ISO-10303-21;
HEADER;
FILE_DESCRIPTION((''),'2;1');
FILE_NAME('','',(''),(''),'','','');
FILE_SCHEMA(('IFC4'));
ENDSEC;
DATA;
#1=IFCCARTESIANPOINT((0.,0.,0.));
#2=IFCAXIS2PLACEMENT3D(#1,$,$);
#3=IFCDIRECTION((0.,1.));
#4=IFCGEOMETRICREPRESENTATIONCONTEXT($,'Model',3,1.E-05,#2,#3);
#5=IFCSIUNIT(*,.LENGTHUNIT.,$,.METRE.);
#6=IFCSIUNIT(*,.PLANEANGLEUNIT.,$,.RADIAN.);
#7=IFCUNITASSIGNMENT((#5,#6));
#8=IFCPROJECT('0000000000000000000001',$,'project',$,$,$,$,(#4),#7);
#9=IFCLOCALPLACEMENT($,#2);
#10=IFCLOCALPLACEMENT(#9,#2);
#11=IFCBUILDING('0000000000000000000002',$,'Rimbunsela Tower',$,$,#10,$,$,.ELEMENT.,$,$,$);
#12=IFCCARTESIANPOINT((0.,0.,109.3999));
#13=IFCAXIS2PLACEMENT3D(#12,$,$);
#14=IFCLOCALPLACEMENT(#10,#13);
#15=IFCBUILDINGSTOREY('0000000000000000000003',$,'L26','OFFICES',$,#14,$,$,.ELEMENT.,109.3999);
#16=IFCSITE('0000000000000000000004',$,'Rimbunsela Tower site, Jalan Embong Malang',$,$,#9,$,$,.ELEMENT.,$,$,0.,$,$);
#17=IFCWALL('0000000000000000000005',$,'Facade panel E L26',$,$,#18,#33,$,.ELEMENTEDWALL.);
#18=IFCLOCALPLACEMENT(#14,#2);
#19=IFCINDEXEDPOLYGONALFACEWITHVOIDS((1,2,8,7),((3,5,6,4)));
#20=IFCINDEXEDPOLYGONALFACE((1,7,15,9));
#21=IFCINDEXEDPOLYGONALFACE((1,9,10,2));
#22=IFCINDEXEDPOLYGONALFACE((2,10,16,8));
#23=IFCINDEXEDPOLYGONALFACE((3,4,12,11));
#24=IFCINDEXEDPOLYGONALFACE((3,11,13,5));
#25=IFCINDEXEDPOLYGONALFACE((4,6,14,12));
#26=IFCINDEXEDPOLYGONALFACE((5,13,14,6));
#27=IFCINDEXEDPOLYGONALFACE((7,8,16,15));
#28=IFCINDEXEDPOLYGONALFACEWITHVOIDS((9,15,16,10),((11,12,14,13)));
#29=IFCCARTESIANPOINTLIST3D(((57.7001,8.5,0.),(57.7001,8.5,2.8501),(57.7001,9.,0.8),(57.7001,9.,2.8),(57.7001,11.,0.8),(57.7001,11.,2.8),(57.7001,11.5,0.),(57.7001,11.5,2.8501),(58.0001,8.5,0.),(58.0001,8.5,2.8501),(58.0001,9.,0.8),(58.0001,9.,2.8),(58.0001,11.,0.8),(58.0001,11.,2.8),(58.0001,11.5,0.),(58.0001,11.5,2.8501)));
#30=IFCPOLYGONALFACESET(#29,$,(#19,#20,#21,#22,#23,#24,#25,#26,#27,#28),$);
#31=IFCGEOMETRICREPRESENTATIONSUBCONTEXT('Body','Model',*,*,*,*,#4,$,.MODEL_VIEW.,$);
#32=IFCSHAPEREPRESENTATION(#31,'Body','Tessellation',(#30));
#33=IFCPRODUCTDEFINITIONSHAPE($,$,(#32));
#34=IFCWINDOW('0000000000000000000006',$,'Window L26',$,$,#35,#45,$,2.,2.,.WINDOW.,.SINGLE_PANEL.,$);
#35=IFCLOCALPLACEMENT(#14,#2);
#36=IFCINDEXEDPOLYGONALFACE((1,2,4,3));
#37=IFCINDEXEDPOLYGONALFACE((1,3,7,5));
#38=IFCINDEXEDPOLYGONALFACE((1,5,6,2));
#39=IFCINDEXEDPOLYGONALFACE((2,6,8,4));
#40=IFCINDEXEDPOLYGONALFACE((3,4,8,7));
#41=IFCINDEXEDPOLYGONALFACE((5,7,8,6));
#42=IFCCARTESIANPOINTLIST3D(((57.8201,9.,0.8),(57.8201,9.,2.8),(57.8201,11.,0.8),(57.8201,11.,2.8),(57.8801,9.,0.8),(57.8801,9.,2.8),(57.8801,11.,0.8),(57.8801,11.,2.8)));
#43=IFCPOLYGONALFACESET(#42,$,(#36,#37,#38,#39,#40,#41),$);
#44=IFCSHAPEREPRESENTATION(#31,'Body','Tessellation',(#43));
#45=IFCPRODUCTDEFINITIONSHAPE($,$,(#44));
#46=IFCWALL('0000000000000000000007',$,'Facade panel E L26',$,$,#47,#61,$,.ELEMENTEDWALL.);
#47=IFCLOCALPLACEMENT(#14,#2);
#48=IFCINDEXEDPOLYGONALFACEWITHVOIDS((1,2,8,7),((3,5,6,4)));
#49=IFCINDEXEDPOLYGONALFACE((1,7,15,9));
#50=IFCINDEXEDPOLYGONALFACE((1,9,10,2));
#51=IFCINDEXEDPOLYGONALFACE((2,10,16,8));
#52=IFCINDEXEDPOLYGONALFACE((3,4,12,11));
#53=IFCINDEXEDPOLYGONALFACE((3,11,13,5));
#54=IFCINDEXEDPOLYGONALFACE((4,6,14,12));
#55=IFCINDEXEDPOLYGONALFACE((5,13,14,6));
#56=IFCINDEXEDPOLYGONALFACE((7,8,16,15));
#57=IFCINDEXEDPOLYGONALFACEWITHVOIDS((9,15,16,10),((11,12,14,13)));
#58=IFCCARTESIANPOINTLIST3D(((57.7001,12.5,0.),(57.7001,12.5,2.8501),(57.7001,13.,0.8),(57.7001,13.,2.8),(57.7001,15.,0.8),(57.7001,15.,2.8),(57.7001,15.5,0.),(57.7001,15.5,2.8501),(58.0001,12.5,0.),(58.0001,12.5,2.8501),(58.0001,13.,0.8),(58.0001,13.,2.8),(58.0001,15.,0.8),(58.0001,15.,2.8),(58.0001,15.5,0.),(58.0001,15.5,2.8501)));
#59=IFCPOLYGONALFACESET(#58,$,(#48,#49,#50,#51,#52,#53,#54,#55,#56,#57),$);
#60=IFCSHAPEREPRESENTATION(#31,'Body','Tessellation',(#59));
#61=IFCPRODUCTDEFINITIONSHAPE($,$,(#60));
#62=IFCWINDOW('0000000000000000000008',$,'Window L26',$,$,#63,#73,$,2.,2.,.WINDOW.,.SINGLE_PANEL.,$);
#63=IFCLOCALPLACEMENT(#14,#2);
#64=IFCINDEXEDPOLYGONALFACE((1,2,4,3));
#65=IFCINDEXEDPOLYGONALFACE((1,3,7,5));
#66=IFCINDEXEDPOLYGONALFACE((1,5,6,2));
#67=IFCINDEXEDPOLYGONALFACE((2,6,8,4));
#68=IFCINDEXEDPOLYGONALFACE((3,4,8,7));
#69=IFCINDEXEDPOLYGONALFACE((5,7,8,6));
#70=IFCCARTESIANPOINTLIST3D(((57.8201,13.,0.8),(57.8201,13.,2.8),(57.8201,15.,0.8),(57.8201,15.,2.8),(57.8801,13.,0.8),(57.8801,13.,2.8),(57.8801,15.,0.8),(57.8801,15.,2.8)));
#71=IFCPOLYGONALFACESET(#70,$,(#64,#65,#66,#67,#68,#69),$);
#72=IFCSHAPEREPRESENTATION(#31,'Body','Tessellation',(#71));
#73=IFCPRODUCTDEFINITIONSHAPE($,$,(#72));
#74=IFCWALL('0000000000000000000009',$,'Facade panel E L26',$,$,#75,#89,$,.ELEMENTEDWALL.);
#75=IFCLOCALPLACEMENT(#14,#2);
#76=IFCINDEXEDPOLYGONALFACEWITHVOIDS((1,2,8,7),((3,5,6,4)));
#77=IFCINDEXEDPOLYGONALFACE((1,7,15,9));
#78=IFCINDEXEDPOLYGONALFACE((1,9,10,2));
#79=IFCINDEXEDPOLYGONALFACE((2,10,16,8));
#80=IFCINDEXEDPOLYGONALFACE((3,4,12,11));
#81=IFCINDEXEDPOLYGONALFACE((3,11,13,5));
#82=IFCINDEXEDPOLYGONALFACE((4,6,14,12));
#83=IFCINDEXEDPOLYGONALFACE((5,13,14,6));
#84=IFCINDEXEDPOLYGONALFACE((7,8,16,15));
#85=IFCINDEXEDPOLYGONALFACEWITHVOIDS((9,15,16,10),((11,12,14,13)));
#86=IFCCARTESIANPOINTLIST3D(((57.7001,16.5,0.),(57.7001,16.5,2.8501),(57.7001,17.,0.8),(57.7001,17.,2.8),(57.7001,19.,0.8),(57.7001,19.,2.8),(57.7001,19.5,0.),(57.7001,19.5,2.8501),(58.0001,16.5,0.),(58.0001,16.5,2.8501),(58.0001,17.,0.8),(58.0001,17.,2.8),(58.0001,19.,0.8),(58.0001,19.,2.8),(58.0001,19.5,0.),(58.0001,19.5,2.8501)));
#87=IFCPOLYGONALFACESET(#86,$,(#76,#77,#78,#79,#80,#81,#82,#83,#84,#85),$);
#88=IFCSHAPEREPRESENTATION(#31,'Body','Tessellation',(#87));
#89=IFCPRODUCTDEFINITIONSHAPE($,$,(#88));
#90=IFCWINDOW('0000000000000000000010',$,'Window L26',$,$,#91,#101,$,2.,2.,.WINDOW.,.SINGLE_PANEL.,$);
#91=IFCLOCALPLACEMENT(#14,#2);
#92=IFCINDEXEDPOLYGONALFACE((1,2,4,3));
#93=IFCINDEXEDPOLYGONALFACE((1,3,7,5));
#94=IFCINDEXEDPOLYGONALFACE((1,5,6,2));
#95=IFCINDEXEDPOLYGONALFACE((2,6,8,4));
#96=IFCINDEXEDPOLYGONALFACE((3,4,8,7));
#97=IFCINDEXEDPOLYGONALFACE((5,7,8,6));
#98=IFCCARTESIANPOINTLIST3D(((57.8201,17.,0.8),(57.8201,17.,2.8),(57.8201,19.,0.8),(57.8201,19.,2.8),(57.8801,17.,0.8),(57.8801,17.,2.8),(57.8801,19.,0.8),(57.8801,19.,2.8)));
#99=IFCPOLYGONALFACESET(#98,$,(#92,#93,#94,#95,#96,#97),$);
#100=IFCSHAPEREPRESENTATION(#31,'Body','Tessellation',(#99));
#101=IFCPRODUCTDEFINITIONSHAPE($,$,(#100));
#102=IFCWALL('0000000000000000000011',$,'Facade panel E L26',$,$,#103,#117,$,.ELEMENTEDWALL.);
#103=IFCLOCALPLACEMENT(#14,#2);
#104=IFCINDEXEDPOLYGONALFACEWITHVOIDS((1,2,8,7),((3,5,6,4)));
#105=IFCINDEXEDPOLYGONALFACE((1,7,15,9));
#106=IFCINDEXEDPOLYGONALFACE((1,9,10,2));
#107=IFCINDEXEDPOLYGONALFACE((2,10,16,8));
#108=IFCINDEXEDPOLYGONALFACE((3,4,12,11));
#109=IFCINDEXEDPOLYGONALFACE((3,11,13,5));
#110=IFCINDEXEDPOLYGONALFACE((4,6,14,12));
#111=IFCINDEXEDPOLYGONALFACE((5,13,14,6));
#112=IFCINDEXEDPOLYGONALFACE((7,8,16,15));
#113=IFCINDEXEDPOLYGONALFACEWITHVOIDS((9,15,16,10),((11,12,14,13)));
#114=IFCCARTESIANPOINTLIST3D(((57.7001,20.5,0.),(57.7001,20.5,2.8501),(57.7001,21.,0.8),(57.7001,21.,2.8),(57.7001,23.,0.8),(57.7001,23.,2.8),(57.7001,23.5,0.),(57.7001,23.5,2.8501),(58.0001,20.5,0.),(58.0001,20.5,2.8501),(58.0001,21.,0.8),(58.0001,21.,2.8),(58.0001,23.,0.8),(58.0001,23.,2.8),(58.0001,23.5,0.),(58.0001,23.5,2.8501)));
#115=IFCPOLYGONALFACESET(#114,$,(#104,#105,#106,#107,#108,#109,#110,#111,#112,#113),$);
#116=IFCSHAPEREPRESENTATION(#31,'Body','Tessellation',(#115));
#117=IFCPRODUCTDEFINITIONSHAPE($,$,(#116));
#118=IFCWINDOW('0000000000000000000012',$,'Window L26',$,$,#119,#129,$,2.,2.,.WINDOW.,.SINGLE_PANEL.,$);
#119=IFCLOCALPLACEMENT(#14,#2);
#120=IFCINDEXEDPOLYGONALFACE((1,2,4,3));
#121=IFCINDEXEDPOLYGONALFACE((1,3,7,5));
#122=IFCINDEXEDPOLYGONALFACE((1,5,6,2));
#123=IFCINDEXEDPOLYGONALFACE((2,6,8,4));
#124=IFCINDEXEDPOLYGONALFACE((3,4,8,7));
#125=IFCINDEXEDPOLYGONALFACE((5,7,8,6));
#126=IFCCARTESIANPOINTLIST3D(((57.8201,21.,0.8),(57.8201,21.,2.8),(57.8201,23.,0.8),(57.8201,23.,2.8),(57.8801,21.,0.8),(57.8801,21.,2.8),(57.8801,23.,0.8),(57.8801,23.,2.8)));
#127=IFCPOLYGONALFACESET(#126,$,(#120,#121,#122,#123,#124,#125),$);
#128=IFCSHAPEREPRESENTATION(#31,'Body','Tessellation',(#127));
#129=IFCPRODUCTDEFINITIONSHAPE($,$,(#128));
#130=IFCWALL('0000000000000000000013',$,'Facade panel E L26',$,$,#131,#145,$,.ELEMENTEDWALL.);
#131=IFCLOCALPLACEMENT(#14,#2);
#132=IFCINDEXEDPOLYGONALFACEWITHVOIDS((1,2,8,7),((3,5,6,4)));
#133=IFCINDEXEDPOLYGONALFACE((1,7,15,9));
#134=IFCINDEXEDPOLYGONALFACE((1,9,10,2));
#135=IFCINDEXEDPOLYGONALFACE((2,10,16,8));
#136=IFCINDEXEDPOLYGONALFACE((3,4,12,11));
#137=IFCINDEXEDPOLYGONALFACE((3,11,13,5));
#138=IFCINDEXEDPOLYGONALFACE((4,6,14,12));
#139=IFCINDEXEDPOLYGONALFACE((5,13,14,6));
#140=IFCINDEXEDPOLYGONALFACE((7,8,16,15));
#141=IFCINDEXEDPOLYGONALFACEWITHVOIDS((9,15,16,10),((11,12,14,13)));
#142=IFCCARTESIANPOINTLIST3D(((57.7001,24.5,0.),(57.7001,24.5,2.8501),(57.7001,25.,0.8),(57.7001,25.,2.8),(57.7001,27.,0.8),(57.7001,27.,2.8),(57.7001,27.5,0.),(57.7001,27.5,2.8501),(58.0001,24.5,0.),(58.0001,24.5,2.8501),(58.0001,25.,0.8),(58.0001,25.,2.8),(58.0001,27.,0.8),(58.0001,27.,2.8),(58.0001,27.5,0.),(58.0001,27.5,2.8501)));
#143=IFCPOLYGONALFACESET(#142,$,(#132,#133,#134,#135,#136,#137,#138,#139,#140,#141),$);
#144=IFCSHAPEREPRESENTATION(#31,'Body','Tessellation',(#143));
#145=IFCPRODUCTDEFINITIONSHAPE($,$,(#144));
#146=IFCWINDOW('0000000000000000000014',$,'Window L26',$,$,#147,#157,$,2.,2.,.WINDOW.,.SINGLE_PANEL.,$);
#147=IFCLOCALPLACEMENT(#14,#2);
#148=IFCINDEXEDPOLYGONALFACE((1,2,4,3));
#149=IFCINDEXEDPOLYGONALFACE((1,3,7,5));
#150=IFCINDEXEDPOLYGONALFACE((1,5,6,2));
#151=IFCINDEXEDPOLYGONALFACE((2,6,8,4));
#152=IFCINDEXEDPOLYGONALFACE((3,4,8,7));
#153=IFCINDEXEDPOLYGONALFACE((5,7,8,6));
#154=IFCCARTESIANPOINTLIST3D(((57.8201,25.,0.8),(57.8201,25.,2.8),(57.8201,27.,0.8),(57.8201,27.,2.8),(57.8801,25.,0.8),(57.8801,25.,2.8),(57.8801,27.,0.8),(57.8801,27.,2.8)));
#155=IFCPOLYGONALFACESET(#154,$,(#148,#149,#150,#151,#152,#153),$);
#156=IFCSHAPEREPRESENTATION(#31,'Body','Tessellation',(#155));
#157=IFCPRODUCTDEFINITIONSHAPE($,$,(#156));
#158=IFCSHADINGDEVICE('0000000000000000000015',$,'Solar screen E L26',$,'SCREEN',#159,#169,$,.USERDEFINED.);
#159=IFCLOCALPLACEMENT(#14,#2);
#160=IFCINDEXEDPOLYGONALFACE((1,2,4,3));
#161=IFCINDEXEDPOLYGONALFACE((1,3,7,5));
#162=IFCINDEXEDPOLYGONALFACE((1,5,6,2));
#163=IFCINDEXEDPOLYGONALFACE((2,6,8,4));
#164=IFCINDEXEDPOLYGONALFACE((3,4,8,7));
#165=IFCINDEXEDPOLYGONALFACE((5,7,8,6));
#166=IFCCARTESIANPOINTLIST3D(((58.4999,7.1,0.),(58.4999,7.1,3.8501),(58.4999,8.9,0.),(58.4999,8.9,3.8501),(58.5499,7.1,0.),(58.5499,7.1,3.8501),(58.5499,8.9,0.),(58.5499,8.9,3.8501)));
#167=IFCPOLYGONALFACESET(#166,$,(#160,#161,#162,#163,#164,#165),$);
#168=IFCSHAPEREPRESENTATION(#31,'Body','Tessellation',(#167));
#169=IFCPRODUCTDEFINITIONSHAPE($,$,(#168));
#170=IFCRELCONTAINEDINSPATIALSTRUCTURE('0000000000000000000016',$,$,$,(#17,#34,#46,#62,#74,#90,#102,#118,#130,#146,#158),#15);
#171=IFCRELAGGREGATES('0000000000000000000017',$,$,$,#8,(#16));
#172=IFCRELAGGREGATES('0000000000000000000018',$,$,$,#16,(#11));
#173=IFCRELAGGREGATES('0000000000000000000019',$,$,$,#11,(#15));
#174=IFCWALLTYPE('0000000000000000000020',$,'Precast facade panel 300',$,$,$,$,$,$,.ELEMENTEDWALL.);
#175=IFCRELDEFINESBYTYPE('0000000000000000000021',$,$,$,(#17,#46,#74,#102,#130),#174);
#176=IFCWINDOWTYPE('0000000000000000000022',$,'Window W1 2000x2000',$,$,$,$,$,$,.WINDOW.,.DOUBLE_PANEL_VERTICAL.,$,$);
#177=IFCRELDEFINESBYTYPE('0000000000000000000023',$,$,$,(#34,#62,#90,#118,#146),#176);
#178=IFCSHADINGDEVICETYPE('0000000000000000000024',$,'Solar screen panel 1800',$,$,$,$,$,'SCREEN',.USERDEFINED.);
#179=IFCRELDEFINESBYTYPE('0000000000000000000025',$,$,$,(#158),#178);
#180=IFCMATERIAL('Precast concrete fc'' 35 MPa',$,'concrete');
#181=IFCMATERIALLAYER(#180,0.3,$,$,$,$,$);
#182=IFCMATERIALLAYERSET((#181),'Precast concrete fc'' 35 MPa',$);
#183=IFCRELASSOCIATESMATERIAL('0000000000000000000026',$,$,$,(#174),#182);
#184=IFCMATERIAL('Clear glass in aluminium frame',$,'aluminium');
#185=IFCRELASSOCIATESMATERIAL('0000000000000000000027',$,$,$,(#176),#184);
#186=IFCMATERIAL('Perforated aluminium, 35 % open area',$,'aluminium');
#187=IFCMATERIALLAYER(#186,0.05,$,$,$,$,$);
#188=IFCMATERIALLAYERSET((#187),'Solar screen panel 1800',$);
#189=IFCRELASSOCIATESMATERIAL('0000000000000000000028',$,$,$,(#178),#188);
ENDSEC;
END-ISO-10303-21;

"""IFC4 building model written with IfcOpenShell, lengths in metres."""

from ifc_helpers import new_model, si_unit, direction, frame, frame_2d, origin, origin_2d, place, context, subcontext, project, spatial, rectangle, extrude, material, layer, layer_set, type_object, element, fill, save


model = new_model("IFC4")

# Units and contexts
model_context = context("Model", 3, precision=1e-05, world=origin(), true_north=direction((0.0, 1.0)))
body_context = subcontext(model_context, "Body", "Model", "MODEL_VIEW")
ifc_project = project(units=[si_unit("LENGTHUNIT", "METRE"), si_unit("PLANEANGLEUNIT", "RADIAN")], contexts=[model_context])

# Site, building, storey
site_placement = place(None, origin())
site = spatial("IfcSite", under=ifc_project, at=site_placement, Name="Rimbunsela Tower site, Jalan Embong Malang", CompositionType="ELEMENT", RefElevation=0.0)
building_placement = place(site_placement, origin())
building = spatial("IfcBuilding", under=site, at=building_placement, Name="Rimbunsela Tower", CompositionType="ELEMENT")
storey_placement = place(building_placement, frame((0.0, 0.0, 109.3999)))
storey = spatial("IfcBuildingStorey", under=building, at=storey_placement, Name="L26", Description="OFFICES", CompositionType="ELEMENT", Elevation=109.3999)

# Shared definitions
ifc_material_1 = material(Name="Precast concrete fc' 35 MPa", Category="concrete")
ifc_layer_1 = layer(ifc_material_1, 0.3)
ifc_layer_set_1 = layer_set([ifc_layer_1], Name="Precast concrete fc' 35 MPa")
wall_type = type_object("IfcWallType", Name="Precast facade panel 300", PredefinedType="ELEMENTEDWALL", material=ifc_layer_set_1)

# Walls, openings, windows
wall_1_placement = place(storey_placement, frame((57.8501, 8.5, 0.0), z_axis=(0.0, 0.0, 1.0), x_axis=(0.0, 1.0, 0.0)))
wall_1 = element("IfcWall", 1, at=wall_1_placement, inside=storey, type_object=wall_type, Name="Facade panel E L26", PredefinedType="ELEMENTEDWALL", context=body_context, shape_type="SweptSolid", body=[
    extrude(rectangle(XDim=3.0, YDim=0.3, at=frame_2d((1.5, 0.0))), origin(), (0.0, 0.0, 1.0), 2.8501),
])
opening_1_placement = place(wall_1_placement, frame((0.5, 0.0, 0.8)))
opening_1 = element("IfcOpeningElement", 2, at=opening_1_placement, cuts=wall_1, PredefinedType="OPENING", context=body_context, shape_type="SweptSolid", body=[
    extrude(rectangle(XDim=2.0, YDim=2.0, at=frame_2d((1.0, 1.0))), frame((0.0, 0.1599, 0.0), z_axis=(0.0, -1.0, 0.0), x_axis=(1.0, 0.0, 0.0)), (0.0, 0.0, 1.0), 0.3201),
])
ifc_material_2 = material(Name="Clear glass in aluminium frame", Category="aluminium")
window_type = type_object("IfcWindowType", Name="Window W1 2000x2000", PartitioningType="DOUBLE_PANEL_VERTICAL", PredefinedType="WINDOW", material=ifc_material_2)
window_1_placement = place(opening_1_placement, origin())
window_1 = element("IfcWindow", 3, at=window_1_placement, inside=storey, type_object=window_type, Name="Window L26", OverallHeight=2.0, OverallWidth=2.0, PartitioningType="SINGLE_PANEL", PredefinedType="WINDOW", context=body_context, shape_type="SweptSolid", body=[
    extrude(rectangle(XDim=2.0, YDim=2.0, at=frame_2d((1.0, 1.0))), frame((0.0, 0.03, 0.0), z_axis=(0.0, -1.0, 0.0), x_axis=(1.0, 0.0, 0.0)), (0.0, 0.0, 1.0), 0.0601),
])
fill(opening_1, window_1)
wall_2_placement = place(storey_placement, frame((57.8501, 12.5, 0.0), z_axis=(0.0, 0.0, 1.0), x_axis=(0.0, 1.0, 0.0)))
wall_2 = element("IfcWall", 4, at=wall_2_placement, inside=storey, type_object=wall_type, Name="Facade panel E L26", PredefinedType="ELEMENTEDWALL", context=body_context, shape_type="SweptSolid", body=[
    extrude(rectangle(XDim=3.0, YDim=0.3, at=frame_2d((1.5, 0.0))), origin(), (0.0, 0.0, 1.0), 2.8501),
])
opening_2_placement = place(wall_2_placement, frame((0.5, 0.0, 0.8)))
opening_2 = element("IfcOpeningElement", 5, at=opening_2_placement, cuts=wall_2, PredefinedType="OPENING", context=body_context, shape_type="SweptSolid", body=[
    extrude(rectangle(XDim=2.0, YDim=2.0, at=frame_2d((1.0, 1.0))), frame((0.0, 0.1599, 0.0), z_axis=(0.0, -1.0, 0.0), x_axis=(1.0, 0.0, 0.0)), (0.0, 0.0, 1.0), 0.3201),
])
window_2_placement = place(opening_2_placement, origin())
window_2 = element("IfcWindow", 6, at=window_2_placement, inside=storey, type_object=window_type, Name="Window L26", OverallHeight=2.0, OverallWidth=2.0, PartitioningType="SINGLE_PANEL", PredefinedType="WINDOW", context=body_context, shape_type="SweptSolid", body=[
    extrude(rectangle(XDim=2.0, YDim=2.0, at=frame_2d((1.0, 1.0))), frame((0.0, 0.03, 0.0), z_axis=(0.0, -1.0, 0.0), x_axis=(1.0, 0.0, 0.0)), (0.0, 0.0, 1.0), 0.0601),
])
fill(opening_2, window_2)
wall_3_placement = place(storey_placement, frame((57.8501, 16.5, 0.0), z_axis=(0.0, 0.0, 1.0), x_axis=(0.0, 1.0, 0.0)))
wall_3 = element("IfcWall", 7, at=wall_3_placement, inside=storey, type_object=wall_type, Name="Facade panel E L26", PredefinedType="ELEMENTEDWALL", context=body_context, shape_type="SweptSolid", body=[
    extrude(rectangle(XDim=3.0, YDim=0.3, at=frame_2d((1.5, 0.0))), origin(), (0.0, 0.0, 1.0), 2.8501),
])
opening_3_placement = place(wall_3_placement, frame((0.5, 0.0, 0.8)))
opening_3 = element("IfcOpeningElement", 8, at=opening_3_placement, cuts=wall_3, PredefinedType="OPENING", context=body_context, shape_type="SweptSolid", body=[
    extrude(rectangle(XDim=2.0, YDim=2.0, at=frame_2d((1.0, 1.0))), frame((0.0, 0.1599, 0.0), z_axis=(0.0, -1.0, 0.0), x_axis=(1.0, 0.0, 0.0)), (0.0, 0.0, 1.0), 0.3201),
])
window_3_placement = place(opening_3_placement, origin())
window_3 = element("IfcWindow", 9, at=window_3_placement, inside=storey, type_object=window_type, Name="Window L26", OverallHeight=2.0, OverallWidth=2.0, PartitioningType="SINGLE_PANEL", PredefinedType="WINDOW", context=body_context, shape_type="SweptSolid", body=[
    extrude(rectangle(XDim=2.0, YDim=2.0, at=frame_2d((1.0, 1.0))), frame((0.0, 0.03, 0.0), z_axis=(0.0, -1.0, 0.0), x_axis=(1.0, 0.0, 0.0)), (0.0, 0.0, 1.0), 0.0601),
])
fill(opening_3, window_3)
wall_4_placement = place(storey_placement, frame((57.8501, 20.5, 0.0), z_axis=(0.0, 0.0, 1.0), x_axis=(0.0, 1.0, 0.0)))
wall_4 = element("IfcWall", 10, at=wall_4_placement, inside=storey, type_object=wall_type, Name="Facade panel E L26", PredefinedType="ELEMENTEDWALL", context=body_context, shape_type="SweptSolid", body=[
    extrude(rectangle(XDim=3.0, YDim=0.3, at=frame_2d((1.5, 0.0))), origin(), (0.0, 0.0, 1.0), 2.8501),
])
opening_4_placement = place(wall_4_placement, frame((0.5, 0.0, 0.8)))
opening_4 = element("IfcOpeningElement", 11, at=opening_4_placement, cuts=wall_4, PredefinedType="OPENING", context=body_context, shape_type="SweptSolid", body=[
    extrude(rectangle(XDim=2.0, YDim=2.0, at=frame_2d((1.0, 1.0))), frame((0.0, 0.1599, 0.0), z_axis=(0.0, -1.0, 0.0), x_axis=(1.0, 0.0, 0.0)), (0.0, 0.0, 1.0), 0.3201),
])
window_4_placement = place(opening_4_placement, origin())
window_4 = element("IfcWindow", 12, at=window_4_placement, inside=storey, type_object=window_type, Name="Window L26", OverallHeight=2.0, OverallWidth=2.0, PartitioningType="SINGLE_PANEL", PredefinedType="WINDOW", context=body_context, shape_type="SweptSolid", body=[
    extrude(rectangle(XDim=2.0, YDim=2.0, at=frame_2d((1.0, 1.0))), frame((0.0, 0.03, 0.0), z_axis=(0.0, -1.0, 0.0), x_axis=(1.0, 0.0, 0.0)), (0.0, 0.0, 1.0), 0.0601),
])
fill(opening_4, window_4)
wall_5_placement = place(storey_placement, frame((57.8501, 24.5, 0.0), z_axis=(0.0, 0.0, 1.0), x_axis=(0.0, 1.0, 0.0)))
wall_5 = element("IfcWall", 13, at=wall_5_placement, inside=storey, type_object=wall_type, Name="Facade panel E L26", PredefinedType="ELEMENTEDWALL", context=body_context, shape_type="SweptSolid", body=[
    extrude(rectangle(XDim=3.0, YDim=0.3, at=frame_2d((1.5, 0.0))), origin(), (0.0, 0.0, 1.0), 2.8501),
])
opening_5_placement = place(wall_5_placement, frame((0.5, 0.0, 0.8)))
opening_5 = element("IfcOpeningElement", 14, at=opening_5_placement, cuts=wall_5, PredefinedType="OPENING", context=body_context, shape_type="SweptSolid", body=[
    extrude(rectangle(XDim=2.0, YDim=2.0, at=frame_2d((1.0, 1.0))), frame((0.0, 0.1599, 0.0), z_axis=(0.0, -1.0, 0.0), x_axis=(1.0, 0.0, 0.0)), (0.0, 0.0, 1.0), 0.3201),
])
window_5_placement = place(opening_5_placement, origin())
window_5 = element("IfcWindow", 15, at=window_5_placement, inside=storey, type_object=window_type, Name="Window L26", OverallHeight=2.0, OverallWidth=2.0, PartitioningType="SINGLE_PANEL", PredefinedType="WINDOW", context=body_context, shape_type="SweptSolid", body=[
    extrude(rectangle(XDim=2.0, YDim=2.0, at=frame_2d((1.0, 1.0))), frame((0.0, 0.03, 0.0), z_axis=(0.0, -1.0, 0.0), x_axis=(1.0, 0.0, 0.0)), (0.0, 0.0, 1.0), 0.0601),
])
fill(opening_5, window_5)

# Shading device
ifc_material_3 = material(Name="Perforated aluminium, 35 % open area", Category="aluminium")
ifc_layer_2 = layer(ifc_material_3, 0.05)
ifc_layer_set_2 = layer_set([ifc_layer_2], Name="Solar screen panel 1800")
shading_device_type = type_object("IfcShadingDeviceType", Name="Solar screen panel 1800", ElementType="SCREEN", PredefinedType="USERDEFINED", material=ifc_layer_set_2)
for number, where, z_axis, x_axis, name in (
    (16, (58.5249, 8.0, 0.0), (0.0, 0.0, 1.0), (0.0, 1.0, 0.0), "Solar screen E L26"),
):
    element("IfcShadingDevice", number, at=place(storey_placement, frame(where, z_axis=z_axis, x_axis=x_axis)), inside=storey, type_object=shading_device_type, Name=name, ObjectType="SCREEN", PredefinedType="USERDEFINED", context=body_context, shape_type="SweptSolid", body=[
        extrude(rectangle(XDim=1.8, YDim=0.05, at=origin_2d()), origin(), (0.0, 0.0, 1.0), 3.8501),
    ])

save(model, "model.ifc")
